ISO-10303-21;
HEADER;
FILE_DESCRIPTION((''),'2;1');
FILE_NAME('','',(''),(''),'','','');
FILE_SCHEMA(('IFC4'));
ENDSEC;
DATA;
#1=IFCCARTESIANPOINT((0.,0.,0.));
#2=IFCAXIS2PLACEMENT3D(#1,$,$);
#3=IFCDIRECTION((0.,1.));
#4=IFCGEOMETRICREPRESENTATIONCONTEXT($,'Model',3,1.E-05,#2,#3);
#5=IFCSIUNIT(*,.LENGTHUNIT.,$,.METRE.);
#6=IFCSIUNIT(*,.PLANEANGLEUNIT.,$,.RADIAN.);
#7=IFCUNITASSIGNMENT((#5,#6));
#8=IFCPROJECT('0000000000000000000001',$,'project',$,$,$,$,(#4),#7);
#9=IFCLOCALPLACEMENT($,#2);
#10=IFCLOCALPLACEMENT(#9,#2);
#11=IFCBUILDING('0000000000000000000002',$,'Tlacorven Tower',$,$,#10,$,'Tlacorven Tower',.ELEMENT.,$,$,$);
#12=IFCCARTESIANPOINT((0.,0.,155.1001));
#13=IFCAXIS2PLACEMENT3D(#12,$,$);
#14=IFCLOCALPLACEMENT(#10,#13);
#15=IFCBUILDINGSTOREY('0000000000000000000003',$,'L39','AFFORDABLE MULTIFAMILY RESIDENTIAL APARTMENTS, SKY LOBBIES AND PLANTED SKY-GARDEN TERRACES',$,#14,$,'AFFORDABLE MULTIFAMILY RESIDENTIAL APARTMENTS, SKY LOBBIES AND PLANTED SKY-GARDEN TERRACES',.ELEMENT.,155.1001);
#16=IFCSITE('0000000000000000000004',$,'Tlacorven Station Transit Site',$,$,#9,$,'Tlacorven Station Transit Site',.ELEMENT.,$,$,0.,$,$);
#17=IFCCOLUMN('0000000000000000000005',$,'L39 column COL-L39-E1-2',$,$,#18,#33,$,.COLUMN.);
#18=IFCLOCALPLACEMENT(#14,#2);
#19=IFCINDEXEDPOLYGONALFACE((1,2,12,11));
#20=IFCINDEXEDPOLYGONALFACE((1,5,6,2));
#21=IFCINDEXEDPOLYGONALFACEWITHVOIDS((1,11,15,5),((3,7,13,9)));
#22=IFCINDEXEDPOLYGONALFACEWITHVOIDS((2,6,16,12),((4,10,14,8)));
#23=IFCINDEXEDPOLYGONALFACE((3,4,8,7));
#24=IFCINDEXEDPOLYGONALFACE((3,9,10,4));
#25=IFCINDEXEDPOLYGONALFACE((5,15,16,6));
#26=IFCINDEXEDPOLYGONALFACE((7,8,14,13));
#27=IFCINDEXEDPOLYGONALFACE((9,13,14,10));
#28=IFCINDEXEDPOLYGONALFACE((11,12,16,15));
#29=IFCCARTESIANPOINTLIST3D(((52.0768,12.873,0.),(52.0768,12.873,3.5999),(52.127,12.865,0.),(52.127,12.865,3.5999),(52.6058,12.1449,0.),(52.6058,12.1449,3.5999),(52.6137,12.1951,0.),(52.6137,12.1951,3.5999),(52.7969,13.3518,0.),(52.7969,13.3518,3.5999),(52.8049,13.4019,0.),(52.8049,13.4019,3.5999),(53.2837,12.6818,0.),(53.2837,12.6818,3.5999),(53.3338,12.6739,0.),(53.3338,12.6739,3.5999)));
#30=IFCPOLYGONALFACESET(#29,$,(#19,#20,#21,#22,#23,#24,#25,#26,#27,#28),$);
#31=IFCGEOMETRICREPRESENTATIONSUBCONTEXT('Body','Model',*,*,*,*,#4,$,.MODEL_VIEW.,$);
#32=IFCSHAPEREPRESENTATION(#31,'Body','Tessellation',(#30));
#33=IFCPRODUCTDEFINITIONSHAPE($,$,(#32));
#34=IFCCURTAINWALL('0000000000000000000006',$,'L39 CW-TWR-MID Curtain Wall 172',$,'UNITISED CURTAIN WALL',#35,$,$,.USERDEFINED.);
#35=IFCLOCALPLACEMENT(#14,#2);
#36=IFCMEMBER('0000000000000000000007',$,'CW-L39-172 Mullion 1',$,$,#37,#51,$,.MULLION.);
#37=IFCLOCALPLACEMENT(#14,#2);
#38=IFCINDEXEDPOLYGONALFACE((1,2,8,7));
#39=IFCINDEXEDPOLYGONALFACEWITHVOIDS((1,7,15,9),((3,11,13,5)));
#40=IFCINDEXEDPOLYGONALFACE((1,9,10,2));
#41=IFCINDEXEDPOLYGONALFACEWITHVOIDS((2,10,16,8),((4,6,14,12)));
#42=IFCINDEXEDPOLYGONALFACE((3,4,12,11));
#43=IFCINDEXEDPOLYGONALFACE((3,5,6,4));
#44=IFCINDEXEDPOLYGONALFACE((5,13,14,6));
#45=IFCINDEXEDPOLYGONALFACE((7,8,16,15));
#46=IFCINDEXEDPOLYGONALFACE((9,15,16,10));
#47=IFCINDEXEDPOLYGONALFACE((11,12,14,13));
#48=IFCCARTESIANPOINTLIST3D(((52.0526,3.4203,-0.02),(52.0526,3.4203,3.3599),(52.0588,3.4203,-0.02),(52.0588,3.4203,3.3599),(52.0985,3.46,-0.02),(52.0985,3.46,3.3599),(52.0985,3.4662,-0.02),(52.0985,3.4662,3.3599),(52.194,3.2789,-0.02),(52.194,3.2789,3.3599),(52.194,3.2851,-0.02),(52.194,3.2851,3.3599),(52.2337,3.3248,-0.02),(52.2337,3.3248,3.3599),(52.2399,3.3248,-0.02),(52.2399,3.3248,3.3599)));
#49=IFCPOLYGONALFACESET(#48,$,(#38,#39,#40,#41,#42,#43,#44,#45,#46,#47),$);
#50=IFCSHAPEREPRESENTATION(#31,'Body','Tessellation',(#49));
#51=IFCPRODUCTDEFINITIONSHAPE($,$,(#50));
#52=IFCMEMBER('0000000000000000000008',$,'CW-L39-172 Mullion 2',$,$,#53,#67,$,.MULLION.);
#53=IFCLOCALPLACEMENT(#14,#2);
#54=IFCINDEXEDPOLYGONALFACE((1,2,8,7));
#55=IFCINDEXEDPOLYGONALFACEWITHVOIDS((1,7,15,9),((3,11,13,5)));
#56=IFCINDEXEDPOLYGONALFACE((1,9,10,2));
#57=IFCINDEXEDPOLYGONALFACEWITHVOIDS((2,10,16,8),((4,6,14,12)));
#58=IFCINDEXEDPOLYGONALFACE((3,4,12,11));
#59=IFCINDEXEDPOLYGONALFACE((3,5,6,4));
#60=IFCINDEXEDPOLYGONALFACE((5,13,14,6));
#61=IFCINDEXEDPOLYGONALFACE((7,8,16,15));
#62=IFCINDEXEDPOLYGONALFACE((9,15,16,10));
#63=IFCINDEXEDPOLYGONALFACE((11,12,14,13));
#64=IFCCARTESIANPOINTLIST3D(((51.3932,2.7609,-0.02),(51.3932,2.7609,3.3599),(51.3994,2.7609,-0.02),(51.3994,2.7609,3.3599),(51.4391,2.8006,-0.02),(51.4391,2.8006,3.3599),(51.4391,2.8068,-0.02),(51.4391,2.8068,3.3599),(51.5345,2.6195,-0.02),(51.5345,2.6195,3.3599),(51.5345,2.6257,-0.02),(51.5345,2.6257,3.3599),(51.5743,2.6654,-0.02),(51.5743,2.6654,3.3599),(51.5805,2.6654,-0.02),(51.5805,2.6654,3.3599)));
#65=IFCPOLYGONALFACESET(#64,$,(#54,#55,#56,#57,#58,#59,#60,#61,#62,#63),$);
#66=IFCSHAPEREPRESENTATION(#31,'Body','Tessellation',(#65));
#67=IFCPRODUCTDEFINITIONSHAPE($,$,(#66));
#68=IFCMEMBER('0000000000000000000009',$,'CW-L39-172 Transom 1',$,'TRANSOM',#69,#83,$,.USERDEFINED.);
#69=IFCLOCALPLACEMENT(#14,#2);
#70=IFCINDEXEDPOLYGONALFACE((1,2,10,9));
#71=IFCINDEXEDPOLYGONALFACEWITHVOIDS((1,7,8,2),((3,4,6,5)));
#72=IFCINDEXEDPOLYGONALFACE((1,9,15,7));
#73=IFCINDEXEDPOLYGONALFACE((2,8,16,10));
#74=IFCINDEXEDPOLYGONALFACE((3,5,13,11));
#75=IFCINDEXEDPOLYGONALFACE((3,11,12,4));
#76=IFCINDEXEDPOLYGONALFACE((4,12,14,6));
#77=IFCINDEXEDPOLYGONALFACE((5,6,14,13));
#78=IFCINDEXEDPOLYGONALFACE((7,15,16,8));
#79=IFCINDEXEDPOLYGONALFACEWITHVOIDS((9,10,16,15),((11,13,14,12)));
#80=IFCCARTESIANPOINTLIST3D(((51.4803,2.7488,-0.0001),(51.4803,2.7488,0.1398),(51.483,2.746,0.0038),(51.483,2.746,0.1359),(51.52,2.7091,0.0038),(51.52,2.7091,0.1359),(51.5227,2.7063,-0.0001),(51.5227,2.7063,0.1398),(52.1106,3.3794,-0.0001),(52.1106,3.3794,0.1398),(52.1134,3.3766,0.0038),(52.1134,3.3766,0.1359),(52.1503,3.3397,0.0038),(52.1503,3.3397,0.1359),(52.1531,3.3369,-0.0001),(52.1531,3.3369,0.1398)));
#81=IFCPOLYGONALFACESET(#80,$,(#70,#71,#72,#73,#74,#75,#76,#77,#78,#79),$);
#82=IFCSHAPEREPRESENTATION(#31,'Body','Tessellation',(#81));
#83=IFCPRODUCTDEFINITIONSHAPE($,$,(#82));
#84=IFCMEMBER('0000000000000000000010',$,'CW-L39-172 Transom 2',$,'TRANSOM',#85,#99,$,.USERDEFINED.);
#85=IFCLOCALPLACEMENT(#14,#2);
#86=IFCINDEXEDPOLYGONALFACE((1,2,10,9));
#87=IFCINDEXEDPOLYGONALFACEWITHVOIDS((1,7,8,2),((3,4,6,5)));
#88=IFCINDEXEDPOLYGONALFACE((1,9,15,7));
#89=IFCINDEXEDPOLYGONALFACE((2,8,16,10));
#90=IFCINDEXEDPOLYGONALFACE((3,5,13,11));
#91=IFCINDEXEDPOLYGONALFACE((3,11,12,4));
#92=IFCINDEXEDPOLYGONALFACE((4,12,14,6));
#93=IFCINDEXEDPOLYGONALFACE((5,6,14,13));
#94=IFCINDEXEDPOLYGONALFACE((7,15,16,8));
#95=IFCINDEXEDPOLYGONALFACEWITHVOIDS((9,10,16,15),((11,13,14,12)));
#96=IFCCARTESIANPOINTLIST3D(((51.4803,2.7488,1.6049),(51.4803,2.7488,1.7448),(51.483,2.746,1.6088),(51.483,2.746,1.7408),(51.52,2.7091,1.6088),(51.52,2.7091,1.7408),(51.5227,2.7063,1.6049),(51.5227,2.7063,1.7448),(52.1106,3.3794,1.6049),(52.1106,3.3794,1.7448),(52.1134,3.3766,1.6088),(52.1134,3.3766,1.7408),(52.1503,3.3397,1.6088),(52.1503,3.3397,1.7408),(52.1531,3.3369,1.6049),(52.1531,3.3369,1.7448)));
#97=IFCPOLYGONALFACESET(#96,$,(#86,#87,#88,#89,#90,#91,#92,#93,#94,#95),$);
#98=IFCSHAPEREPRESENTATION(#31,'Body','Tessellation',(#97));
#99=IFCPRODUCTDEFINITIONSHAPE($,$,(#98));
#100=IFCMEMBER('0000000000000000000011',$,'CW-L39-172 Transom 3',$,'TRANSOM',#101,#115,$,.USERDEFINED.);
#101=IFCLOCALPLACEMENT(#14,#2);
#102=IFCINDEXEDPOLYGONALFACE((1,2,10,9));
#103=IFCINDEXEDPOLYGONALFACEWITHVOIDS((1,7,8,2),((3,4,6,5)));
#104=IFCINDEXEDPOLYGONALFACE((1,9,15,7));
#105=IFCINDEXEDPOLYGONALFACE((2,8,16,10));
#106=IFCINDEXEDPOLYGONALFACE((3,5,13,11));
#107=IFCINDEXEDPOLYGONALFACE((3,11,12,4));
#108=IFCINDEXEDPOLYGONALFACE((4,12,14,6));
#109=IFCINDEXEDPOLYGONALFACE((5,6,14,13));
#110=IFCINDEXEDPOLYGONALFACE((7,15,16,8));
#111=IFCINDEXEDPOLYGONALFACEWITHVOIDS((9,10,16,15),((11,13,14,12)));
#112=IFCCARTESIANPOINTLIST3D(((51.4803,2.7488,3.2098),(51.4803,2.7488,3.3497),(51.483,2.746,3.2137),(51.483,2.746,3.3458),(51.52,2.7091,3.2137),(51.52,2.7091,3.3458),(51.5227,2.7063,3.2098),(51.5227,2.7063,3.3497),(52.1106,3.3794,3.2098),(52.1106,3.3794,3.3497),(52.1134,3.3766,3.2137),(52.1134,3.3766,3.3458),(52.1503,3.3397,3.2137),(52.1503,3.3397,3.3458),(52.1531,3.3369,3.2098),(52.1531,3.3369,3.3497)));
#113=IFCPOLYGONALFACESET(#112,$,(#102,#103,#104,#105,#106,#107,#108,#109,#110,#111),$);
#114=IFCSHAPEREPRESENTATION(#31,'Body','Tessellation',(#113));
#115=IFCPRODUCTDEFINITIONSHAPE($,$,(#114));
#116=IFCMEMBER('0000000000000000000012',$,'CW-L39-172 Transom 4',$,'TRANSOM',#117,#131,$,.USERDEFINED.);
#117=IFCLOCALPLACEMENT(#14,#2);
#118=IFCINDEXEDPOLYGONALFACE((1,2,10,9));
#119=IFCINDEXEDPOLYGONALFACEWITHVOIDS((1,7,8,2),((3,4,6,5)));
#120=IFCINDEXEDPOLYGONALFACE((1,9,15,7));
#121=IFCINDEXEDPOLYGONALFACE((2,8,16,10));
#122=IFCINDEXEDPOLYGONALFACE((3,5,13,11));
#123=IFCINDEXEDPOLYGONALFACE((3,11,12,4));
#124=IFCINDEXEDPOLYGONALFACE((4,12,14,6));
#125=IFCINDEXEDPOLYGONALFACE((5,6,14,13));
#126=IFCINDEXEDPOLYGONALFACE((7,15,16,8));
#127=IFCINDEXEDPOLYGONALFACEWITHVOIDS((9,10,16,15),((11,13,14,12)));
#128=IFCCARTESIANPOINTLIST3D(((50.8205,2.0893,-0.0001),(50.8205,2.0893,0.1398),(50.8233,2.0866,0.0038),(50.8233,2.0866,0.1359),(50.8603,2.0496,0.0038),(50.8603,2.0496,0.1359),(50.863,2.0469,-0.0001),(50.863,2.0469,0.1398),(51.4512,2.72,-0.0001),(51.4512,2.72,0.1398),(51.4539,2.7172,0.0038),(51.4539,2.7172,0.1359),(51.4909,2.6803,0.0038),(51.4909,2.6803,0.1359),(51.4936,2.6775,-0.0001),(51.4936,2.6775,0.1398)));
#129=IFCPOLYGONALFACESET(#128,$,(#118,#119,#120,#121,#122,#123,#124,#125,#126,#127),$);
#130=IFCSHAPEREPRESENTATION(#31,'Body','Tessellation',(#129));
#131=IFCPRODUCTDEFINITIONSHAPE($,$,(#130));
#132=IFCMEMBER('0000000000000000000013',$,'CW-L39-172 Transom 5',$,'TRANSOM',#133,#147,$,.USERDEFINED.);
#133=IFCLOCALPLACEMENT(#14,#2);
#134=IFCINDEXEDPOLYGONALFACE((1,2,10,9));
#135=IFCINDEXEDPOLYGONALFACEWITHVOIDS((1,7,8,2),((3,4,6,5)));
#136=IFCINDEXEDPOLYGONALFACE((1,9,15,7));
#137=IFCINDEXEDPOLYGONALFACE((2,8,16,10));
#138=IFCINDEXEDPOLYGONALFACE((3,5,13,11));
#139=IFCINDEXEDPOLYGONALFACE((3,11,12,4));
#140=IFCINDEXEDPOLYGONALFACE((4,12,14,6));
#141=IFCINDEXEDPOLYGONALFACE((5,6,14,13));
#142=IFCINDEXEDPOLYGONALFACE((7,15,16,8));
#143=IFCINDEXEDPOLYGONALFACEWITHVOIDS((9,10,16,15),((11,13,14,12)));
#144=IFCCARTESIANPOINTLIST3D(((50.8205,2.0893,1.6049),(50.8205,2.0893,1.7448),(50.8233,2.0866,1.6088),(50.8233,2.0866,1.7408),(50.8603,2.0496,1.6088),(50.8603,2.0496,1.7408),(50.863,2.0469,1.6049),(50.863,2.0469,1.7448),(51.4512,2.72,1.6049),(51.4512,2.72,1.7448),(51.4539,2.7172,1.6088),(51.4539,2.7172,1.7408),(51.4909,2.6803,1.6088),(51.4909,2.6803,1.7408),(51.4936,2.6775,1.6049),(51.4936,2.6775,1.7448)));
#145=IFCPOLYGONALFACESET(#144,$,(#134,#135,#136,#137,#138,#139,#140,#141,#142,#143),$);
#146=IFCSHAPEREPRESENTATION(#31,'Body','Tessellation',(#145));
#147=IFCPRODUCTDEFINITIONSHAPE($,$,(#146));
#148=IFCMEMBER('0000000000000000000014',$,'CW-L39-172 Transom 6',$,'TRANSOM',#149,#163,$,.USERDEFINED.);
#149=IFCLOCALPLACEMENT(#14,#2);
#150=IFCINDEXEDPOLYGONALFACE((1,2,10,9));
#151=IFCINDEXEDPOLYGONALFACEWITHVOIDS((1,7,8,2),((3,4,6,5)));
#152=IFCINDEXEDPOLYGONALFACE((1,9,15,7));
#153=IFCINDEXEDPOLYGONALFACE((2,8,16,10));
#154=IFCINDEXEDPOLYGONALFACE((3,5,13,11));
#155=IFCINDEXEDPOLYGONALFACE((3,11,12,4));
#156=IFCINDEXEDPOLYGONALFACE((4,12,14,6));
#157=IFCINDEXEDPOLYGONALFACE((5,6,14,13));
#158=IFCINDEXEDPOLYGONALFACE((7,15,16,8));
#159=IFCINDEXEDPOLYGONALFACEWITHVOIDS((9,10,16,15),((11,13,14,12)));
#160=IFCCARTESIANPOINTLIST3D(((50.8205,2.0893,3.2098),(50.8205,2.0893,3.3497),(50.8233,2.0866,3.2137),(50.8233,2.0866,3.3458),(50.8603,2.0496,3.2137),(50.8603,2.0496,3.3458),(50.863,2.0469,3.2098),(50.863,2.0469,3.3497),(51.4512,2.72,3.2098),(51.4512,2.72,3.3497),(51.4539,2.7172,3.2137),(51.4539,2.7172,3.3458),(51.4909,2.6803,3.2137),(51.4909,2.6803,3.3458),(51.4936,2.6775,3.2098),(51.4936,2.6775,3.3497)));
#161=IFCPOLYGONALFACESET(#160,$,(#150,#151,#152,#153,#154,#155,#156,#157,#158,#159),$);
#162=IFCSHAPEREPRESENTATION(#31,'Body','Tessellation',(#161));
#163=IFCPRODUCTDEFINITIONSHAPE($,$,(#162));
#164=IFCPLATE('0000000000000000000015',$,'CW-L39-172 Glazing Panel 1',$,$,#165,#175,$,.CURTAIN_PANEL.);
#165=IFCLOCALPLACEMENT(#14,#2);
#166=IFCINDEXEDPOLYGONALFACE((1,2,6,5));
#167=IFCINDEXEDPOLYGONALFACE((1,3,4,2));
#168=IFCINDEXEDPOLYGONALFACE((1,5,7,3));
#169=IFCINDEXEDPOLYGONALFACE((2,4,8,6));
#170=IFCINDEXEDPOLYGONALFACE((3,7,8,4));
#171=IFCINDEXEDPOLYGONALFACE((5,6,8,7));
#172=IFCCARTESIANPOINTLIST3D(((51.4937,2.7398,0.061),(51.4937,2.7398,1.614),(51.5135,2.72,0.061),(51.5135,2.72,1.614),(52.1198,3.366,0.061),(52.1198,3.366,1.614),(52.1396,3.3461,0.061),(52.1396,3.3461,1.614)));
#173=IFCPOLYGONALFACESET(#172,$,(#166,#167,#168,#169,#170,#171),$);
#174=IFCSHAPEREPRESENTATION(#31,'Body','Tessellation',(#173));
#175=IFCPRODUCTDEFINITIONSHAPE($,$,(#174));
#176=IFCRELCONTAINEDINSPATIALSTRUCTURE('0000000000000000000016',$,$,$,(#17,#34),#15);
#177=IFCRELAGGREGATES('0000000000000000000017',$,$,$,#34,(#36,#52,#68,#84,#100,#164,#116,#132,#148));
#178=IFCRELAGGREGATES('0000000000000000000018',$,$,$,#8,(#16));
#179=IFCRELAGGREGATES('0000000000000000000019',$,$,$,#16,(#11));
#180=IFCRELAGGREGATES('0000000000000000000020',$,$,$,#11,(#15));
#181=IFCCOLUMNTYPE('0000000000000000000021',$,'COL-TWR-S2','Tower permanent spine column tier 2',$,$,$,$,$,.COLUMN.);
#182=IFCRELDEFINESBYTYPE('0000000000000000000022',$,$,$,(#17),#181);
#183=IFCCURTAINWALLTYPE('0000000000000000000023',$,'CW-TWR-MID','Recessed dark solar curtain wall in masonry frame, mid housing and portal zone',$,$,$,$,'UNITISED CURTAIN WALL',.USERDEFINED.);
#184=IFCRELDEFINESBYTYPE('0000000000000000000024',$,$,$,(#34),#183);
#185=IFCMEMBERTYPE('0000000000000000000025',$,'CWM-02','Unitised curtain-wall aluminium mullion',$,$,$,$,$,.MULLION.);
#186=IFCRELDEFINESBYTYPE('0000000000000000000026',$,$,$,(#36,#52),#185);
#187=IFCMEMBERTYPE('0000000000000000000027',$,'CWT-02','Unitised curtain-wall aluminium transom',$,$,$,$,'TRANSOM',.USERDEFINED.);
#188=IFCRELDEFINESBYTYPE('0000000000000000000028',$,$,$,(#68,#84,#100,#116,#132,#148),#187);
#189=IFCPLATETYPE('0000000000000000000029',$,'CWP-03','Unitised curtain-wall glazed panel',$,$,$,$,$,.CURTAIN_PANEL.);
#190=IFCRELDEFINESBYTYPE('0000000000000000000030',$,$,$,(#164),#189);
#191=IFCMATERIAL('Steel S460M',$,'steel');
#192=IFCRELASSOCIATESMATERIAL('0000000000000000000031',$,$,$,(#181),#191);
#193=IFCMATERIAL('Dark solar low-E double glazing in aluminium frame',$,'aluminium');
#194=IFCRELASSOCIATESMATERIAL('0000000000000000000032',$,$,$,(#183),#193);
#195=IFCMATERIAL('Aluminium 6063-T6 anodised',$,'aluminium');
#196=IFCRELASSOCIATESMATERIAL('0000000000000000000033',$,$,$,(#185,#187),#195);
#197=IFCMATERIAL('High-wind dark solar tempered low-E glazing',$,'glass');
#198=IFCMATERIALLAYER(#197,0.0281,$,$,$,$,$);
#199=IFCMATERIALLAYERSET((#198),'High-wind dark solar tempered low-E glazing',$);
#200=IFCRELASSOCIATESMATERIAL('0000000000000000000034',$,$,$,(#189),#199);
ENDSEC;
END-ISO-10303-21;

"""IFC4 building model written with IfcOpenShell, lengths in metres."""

from ifc_helpers import new_model, si_unit, direction, frame, origin, origin_2d, place, context, subcontext, project, spatial, rectangle, hollow_rectangle, extrude, source, transform, mapped, material, layer, layer_set, material_profile, profile_set, type_object, element, aggregate, save


model = new_model("IFC4")

# Units and contexts
model_context = context("Model", 3, precision=1e-05, world=origin(), true_north=direction((0.0, 1.0)))
body_context = subcontext(model_context, "Body", "Model", "MODEL_VIEW")
ifc_project = project(units=[si_unit("LENGTHUNIT", "METRE"), si_unit("PLANEANGLEUNIT", "RADIAN")], contexts=[model_context])

# Site, building, storey
site_placement = place(None, origin())
site = spatial("IfcSite", under=ifc_project, at=site_placement, Name="Tlacorven Station Transit Site", LongName="Tlacorven Station Transit Site", CompositionType="ELEMENT", RefElevation=0.0)
building_placement = place(site_placement, origin())
building = spatial("IfcBuilding", under=site, at=building_placement, Name="Tlacorven Tower", LongName="Tlacorven Tower", CompositionType="ELEMENT")
storey_placement = place(building_placement, frame((0.0, 0.0, 155.1001)))
storey = spatial("IfcBuildingStorey", under=building, at=storey_placement, Name="L39", Description="AFFORDABLE MULTIFAMILY RESIDENTIAL APARTMENTS, SKY LOBBIES AND PLANTED SKY-GARDEN TERRACES", LongName="AFFORDABLE MULTIFAMILY RESIDENTIAL APARTMENTS, SKY LOBBIES AND PLANTED SKY-GARDEN TERRACES", CompositionType="ELEMENT", Elevation=155.1001)

# Column
ifc_material_1 = material(Name="Steel S460M", Category="steel")
ifc_material_profile_1 = material_profile(ifc_material_1, hollow_rectangle(XDim=0.8999, YDim=0.8999, WallThickness=0.0359, at=origin_2d()), Name="BOX 900X900X36")
ifc_profile_set_1 = profile_set([ifc_material_profile_1], Name="Steel S460M")
column_type = type_object("IfcColumnType", Name="COL-TWR-S2", Description="Tower permanent spine column tier 2", PredefinedType="COLUMN", material=ifc_profile_set_1)
shared_shape_1 = source(origin(), body_context, "Body", "SweptSolid", [
    extrude(hollow_rectangle(XDim=0.8999, YDim=0.8999, WallThickness=0.0359, at=origin_2d()), origin(), (0.0, 0.0, 1.0), 3.5999),
])
column_placement = place(storey_placement, frame((52.7053, 12.7734, 0.0), z_axis=(0.0, 0.0, 1.0), x_axis=(0.809017, 0.587785, 0.0)))
element("IfcColumn", 1, at=column_placement, inside=storey, type_object=column_type, Name="L39 column COL-L39-E1-2", PredefinedType="COLUMN", context=body_context, shape_type="MappedRepresentation", body=[
    mapped(shared_shape_1, transform((0.0, 0.0, 0.0), scale=1.0)),
])

# Curtain wall, members, plate
ifc_material_2 = material(Name="Dark solar low-E double glazing in aluminium frame", Category="aluminium")
curtain_wall_type = type_object("IfcCurtainWallType", Name="CW-TWR-MID", Description="Recessed dark solar curtain wall in masonry frame, mid housing and portal zone", ElementType="UNITISED CURTAIN WALL", PredefinedType="USERDEFINED", material=ifc_material_2)
curtain_wall_placement = place(storey_placement, origin())
curtain_wall = element("IfcCurtainWall", 2, at=curtain_wall_placement, inside=storey, type_object=curtain_wall_type, Name="L39 CW-TWR-MID Curtain Wall 172", ObjectType="UNITISED CURTAIN WALL", PredefinedType="USERDEFINED")
ifc_material_3 = material(Name="Aluminium 6063-T6 anodised", Category="aluminium")
ifc_material_profile_2 = material_profile(ifc_material_3, hollow_rectangle(XDim=0.0649, YDim=0.2, WallThickness=0.0044, at=origin_2d()), Name="ALU MULLION 65X200")
ifc_profile_set_2 = profile_set([ifc_material_profile_2], Name="Aluminium 6063-T6 anodised")
member_type_1 = type_object("IfcMemberType", Name="CWM-02", Description="Unitised curtain-wall aluminium mullion", PredefinedType="MULLION", material=ifc_profile_set_2)
shared_shape_2 = source(origin(), body_context, "Body", "SweptSolid", [
    extrude(hollow_rectangle(XDim=0.0649, YDim=0.2, WallThickness=0.0044, at=origin_2d()), origin(), (0.0, 0.0, 1.0), 3.3799),
])
member_1_placement = place(storey_placement, frame((52.1462, 3.3726, -0.02), z_axis=(0.0, 0.0, 1.0), x_axis=(-0.707107, -0.707107, 0.0)))
member_1 = element("IfcMember", 3, at=member_1_placement, type_object=member_type_1, Name="CW-L39-172 Mullion 1", PredefinedType="MULLION", context=body_context, shape_type="MappedRepresentation", body=[
    mapped(shared_shape_2, transform((0.0, 0.0, 0.0), scale=1.0)),
])
member_2_placement = place(storey_placement, frame((51.4868, 2.7131, -0.02), z_axis=(0.0, 0.0, 1.0), x_axis=(-0.707107, -0.707107, 0.0)))
member_2 = element("IfcMember", 4, at=member_2_placement, type_object=member_type_1, Name="CW-L39-172 Mullion 2", PredefinedType="MULLION", context=body_context, shape_type="MappedRepresentation", body=[
    mapped(shared_shape_2, transform((0.0, 0.0, 0.0), scale=1.0)),
])
ifc_material_profile_3 = material_profile(ifc_material_3, hollow_rectangle(XDim=0.0601, YDim=0.1399, WallThickness=0.0039, at=origin_2d()), Name="ALU TRANSOM 60X140")
ifc_profile_set_3 = profile_set([ifc_material_profile_3], Name="Aluminium 6063-T6 anodised")
member_type_2 = type_object("IfcMemberType", Name="CWT-02", Description="Unitised curtain-wall aluminium transom", ElementType="TRANSOM", PredefinedType="USERDEFINED", material=ifc_profile_set_3)
shared_shape_3 = source(origin(), body_context, "Body", "SweptSolid", [
    extrude(hollow_rectangle(XDim=0.0601, YDim=0.1399, WallThickness=0.0039, at=origin_2d()), origin(), (0.0, 0.0, 1.0), 0.8916),
])
member_3_placement = place(storey_placement, frame((52.1318, 3.3582, 0.0698), z_axis=(-0.70697, -0.707244, 0.0), x_axis=(0.707244, -0.70697, 0.0)))
member_3 = element("IfcMember", 5, at=member_3_placement, type_object=member_type_2, Name="CW-L39-172 Transom 1", ObjectType="TRANSOM", PredefinedType="USERDEFINED", context=body_context, shape_type="MappedRepresentation", body=[
    mapped(shared_shape_3, transform((0.0, 0.0, 0.0), scale=1.0)),
])
member_4_placement = place(storey_placement, frame((52.1318, 3.3582, 1.6748), z_axis=(-0.70697, -0.707244, 0.0), x_axis=(0.707244, -0.70697, 0.0)))
member_4 = element("IfcMember", 6, at=member_4_placement, type_object=member_type_2, Name="CW-L39-172 Transom 2", ObjectType="TRANSOM", PredefinedType="USERDEFINED", context=body_context, shape_type="MappedRepresentation", body=[
    mapped(shared_shape_3, transform((0.0, 0.0, 0.0), scale=1.0)),
])
member_5_placement = place(storey_placement, frame((52.1318, 3.3582, 3.2798), z_axis=(-0.70697, -0.707244, 0.0), x_axis=(0.707244, -0.70697, 0.0)))
member_5 = element("IfcMember", 7, at=member_5_placement, type_object=member_type_2, Name="CW-L39-172 Transom 3", ObjectType="TRANSOM", PredefinedType="USERDEFINED", context=body_context, shape_type="MappedRepresentation", body=[
    mapped(shared_shape_3, transform((0.0, 0.0, 0.0), scale=1.0)),
])
shared_shape_4 = source(origin(), body_context, "Body", "SweptSolid", [
    extrude(hollow_rectangle(XDim=0.0601, YDim=0.1399, WallThickness=0.0039, at=origin_2d()), origin(), (0.0, 0.0, 1.0), 0.8918),
])
member_6_placement = place(storey_placement, frame((51.4724, 2.6987, 0.0698), z_axis=(-0.707107, -0.707107, 0.0), x_axis=(0.707107, -0.707107, 0.0)))
member_6 = element("IfcMember", 8, at=member_6_placement, type_object=member_type_2, Name="CW-L39-172 Transom 4", ObjectType="TRANSOM", PredefinedType="USERDEFINED", context=body_context, shape_type="MappedRepresentation", body=[
    mapped(shared_shape_4, transform((0.0, 0.0, 0.0), scale=1.0)),
])
member_7_placement = place(storey_placement, frame((51.4724, 2.6987, 1.6748), z_axis=(-0.707107, -0.707107, 0.0), x_axis=(0.707107, -0.707107, 0.0)))
member_7 = element("IfcMember", 9, at=member_7_placement, type_object=member_type_2, Name="CW-L39-172 Transom 5", ObjectType="TRANSOM", PredefinedType="USERDEFINED", context=body_context, shape_type="MappedRepresentation", body=[
    mapped(shared_shape_4, transform((0.0, 0.0, 0.0), scale=1.0)),
])
member_8_placement = place(storey_placement, frame((51.4724, 2.6987, 3.2798), z_axis=(-0.707107, -0.707107, 0.0), x_axis=(0.707107, -0.707107, 0.0)))
member_8 = element("IfcMember", 10, at=member_8_placement, type_object=member_type_2, Name="CW-L39-172 Transom 6", ObjectType="TRANSOM", PredefinedType="USERDEFINED", context=body_context, shape_type="MappedRepresentation", body=[
    mapped(shared_shape_4, transform((0.0, 0.0, 0.0), scale=1.0)),
])
ifc_material_4 = material(Name="High-wind dark solar tempered low-E glazing", Category="glass")
ifc_layer_1 = layer(ifc_material_4, 0.0281)
ifc_layer_set_1 = layer_set([ifc_layer_1], Name="High-wind dark solar tempered low-E glazing")
plate_type = type_object("IfcPlateType", Name="CWP-03", Description="Unitised curtain-wall glazed panel", PredefinedType="CURTAIN_PANEL", material=ifc_layer_set_1)
shared_shape_5 = source(origin(), body_context, "Body", "SweptSolid", [
    extrude(rectangle(XDim=0.8855, YDim=0.0281, at=origin_2d()), origin(), (0.0, 0.0, 1.0), 1.553),
])
plate_1_placement = place(storey_placement, frame((51.8167, 3.043, 0.061), z_axis=(0.0, 0.0, 1.0), x_axis=(-0.707107, -0.707107, 0.0)))
plate_1 = element("IfcPlate", 11, at=plate_1_placement, type_object=plate_type, Name="CW-L39-172 Glazing Panel 1", PredefinedType="CURTAIN_PANEL", context=body_context, shape_type="MappedRepresentation", body=[
    mapped(shared_shape_5, transform((0.0, 0.0, 0.0), scale=1.0)),
])
aggregate(curtain_wall, [member_1, member_2, member_3, member_4, member_5, plate_1, member_6, member_7, member_8])

save(model, "model.ifc")
